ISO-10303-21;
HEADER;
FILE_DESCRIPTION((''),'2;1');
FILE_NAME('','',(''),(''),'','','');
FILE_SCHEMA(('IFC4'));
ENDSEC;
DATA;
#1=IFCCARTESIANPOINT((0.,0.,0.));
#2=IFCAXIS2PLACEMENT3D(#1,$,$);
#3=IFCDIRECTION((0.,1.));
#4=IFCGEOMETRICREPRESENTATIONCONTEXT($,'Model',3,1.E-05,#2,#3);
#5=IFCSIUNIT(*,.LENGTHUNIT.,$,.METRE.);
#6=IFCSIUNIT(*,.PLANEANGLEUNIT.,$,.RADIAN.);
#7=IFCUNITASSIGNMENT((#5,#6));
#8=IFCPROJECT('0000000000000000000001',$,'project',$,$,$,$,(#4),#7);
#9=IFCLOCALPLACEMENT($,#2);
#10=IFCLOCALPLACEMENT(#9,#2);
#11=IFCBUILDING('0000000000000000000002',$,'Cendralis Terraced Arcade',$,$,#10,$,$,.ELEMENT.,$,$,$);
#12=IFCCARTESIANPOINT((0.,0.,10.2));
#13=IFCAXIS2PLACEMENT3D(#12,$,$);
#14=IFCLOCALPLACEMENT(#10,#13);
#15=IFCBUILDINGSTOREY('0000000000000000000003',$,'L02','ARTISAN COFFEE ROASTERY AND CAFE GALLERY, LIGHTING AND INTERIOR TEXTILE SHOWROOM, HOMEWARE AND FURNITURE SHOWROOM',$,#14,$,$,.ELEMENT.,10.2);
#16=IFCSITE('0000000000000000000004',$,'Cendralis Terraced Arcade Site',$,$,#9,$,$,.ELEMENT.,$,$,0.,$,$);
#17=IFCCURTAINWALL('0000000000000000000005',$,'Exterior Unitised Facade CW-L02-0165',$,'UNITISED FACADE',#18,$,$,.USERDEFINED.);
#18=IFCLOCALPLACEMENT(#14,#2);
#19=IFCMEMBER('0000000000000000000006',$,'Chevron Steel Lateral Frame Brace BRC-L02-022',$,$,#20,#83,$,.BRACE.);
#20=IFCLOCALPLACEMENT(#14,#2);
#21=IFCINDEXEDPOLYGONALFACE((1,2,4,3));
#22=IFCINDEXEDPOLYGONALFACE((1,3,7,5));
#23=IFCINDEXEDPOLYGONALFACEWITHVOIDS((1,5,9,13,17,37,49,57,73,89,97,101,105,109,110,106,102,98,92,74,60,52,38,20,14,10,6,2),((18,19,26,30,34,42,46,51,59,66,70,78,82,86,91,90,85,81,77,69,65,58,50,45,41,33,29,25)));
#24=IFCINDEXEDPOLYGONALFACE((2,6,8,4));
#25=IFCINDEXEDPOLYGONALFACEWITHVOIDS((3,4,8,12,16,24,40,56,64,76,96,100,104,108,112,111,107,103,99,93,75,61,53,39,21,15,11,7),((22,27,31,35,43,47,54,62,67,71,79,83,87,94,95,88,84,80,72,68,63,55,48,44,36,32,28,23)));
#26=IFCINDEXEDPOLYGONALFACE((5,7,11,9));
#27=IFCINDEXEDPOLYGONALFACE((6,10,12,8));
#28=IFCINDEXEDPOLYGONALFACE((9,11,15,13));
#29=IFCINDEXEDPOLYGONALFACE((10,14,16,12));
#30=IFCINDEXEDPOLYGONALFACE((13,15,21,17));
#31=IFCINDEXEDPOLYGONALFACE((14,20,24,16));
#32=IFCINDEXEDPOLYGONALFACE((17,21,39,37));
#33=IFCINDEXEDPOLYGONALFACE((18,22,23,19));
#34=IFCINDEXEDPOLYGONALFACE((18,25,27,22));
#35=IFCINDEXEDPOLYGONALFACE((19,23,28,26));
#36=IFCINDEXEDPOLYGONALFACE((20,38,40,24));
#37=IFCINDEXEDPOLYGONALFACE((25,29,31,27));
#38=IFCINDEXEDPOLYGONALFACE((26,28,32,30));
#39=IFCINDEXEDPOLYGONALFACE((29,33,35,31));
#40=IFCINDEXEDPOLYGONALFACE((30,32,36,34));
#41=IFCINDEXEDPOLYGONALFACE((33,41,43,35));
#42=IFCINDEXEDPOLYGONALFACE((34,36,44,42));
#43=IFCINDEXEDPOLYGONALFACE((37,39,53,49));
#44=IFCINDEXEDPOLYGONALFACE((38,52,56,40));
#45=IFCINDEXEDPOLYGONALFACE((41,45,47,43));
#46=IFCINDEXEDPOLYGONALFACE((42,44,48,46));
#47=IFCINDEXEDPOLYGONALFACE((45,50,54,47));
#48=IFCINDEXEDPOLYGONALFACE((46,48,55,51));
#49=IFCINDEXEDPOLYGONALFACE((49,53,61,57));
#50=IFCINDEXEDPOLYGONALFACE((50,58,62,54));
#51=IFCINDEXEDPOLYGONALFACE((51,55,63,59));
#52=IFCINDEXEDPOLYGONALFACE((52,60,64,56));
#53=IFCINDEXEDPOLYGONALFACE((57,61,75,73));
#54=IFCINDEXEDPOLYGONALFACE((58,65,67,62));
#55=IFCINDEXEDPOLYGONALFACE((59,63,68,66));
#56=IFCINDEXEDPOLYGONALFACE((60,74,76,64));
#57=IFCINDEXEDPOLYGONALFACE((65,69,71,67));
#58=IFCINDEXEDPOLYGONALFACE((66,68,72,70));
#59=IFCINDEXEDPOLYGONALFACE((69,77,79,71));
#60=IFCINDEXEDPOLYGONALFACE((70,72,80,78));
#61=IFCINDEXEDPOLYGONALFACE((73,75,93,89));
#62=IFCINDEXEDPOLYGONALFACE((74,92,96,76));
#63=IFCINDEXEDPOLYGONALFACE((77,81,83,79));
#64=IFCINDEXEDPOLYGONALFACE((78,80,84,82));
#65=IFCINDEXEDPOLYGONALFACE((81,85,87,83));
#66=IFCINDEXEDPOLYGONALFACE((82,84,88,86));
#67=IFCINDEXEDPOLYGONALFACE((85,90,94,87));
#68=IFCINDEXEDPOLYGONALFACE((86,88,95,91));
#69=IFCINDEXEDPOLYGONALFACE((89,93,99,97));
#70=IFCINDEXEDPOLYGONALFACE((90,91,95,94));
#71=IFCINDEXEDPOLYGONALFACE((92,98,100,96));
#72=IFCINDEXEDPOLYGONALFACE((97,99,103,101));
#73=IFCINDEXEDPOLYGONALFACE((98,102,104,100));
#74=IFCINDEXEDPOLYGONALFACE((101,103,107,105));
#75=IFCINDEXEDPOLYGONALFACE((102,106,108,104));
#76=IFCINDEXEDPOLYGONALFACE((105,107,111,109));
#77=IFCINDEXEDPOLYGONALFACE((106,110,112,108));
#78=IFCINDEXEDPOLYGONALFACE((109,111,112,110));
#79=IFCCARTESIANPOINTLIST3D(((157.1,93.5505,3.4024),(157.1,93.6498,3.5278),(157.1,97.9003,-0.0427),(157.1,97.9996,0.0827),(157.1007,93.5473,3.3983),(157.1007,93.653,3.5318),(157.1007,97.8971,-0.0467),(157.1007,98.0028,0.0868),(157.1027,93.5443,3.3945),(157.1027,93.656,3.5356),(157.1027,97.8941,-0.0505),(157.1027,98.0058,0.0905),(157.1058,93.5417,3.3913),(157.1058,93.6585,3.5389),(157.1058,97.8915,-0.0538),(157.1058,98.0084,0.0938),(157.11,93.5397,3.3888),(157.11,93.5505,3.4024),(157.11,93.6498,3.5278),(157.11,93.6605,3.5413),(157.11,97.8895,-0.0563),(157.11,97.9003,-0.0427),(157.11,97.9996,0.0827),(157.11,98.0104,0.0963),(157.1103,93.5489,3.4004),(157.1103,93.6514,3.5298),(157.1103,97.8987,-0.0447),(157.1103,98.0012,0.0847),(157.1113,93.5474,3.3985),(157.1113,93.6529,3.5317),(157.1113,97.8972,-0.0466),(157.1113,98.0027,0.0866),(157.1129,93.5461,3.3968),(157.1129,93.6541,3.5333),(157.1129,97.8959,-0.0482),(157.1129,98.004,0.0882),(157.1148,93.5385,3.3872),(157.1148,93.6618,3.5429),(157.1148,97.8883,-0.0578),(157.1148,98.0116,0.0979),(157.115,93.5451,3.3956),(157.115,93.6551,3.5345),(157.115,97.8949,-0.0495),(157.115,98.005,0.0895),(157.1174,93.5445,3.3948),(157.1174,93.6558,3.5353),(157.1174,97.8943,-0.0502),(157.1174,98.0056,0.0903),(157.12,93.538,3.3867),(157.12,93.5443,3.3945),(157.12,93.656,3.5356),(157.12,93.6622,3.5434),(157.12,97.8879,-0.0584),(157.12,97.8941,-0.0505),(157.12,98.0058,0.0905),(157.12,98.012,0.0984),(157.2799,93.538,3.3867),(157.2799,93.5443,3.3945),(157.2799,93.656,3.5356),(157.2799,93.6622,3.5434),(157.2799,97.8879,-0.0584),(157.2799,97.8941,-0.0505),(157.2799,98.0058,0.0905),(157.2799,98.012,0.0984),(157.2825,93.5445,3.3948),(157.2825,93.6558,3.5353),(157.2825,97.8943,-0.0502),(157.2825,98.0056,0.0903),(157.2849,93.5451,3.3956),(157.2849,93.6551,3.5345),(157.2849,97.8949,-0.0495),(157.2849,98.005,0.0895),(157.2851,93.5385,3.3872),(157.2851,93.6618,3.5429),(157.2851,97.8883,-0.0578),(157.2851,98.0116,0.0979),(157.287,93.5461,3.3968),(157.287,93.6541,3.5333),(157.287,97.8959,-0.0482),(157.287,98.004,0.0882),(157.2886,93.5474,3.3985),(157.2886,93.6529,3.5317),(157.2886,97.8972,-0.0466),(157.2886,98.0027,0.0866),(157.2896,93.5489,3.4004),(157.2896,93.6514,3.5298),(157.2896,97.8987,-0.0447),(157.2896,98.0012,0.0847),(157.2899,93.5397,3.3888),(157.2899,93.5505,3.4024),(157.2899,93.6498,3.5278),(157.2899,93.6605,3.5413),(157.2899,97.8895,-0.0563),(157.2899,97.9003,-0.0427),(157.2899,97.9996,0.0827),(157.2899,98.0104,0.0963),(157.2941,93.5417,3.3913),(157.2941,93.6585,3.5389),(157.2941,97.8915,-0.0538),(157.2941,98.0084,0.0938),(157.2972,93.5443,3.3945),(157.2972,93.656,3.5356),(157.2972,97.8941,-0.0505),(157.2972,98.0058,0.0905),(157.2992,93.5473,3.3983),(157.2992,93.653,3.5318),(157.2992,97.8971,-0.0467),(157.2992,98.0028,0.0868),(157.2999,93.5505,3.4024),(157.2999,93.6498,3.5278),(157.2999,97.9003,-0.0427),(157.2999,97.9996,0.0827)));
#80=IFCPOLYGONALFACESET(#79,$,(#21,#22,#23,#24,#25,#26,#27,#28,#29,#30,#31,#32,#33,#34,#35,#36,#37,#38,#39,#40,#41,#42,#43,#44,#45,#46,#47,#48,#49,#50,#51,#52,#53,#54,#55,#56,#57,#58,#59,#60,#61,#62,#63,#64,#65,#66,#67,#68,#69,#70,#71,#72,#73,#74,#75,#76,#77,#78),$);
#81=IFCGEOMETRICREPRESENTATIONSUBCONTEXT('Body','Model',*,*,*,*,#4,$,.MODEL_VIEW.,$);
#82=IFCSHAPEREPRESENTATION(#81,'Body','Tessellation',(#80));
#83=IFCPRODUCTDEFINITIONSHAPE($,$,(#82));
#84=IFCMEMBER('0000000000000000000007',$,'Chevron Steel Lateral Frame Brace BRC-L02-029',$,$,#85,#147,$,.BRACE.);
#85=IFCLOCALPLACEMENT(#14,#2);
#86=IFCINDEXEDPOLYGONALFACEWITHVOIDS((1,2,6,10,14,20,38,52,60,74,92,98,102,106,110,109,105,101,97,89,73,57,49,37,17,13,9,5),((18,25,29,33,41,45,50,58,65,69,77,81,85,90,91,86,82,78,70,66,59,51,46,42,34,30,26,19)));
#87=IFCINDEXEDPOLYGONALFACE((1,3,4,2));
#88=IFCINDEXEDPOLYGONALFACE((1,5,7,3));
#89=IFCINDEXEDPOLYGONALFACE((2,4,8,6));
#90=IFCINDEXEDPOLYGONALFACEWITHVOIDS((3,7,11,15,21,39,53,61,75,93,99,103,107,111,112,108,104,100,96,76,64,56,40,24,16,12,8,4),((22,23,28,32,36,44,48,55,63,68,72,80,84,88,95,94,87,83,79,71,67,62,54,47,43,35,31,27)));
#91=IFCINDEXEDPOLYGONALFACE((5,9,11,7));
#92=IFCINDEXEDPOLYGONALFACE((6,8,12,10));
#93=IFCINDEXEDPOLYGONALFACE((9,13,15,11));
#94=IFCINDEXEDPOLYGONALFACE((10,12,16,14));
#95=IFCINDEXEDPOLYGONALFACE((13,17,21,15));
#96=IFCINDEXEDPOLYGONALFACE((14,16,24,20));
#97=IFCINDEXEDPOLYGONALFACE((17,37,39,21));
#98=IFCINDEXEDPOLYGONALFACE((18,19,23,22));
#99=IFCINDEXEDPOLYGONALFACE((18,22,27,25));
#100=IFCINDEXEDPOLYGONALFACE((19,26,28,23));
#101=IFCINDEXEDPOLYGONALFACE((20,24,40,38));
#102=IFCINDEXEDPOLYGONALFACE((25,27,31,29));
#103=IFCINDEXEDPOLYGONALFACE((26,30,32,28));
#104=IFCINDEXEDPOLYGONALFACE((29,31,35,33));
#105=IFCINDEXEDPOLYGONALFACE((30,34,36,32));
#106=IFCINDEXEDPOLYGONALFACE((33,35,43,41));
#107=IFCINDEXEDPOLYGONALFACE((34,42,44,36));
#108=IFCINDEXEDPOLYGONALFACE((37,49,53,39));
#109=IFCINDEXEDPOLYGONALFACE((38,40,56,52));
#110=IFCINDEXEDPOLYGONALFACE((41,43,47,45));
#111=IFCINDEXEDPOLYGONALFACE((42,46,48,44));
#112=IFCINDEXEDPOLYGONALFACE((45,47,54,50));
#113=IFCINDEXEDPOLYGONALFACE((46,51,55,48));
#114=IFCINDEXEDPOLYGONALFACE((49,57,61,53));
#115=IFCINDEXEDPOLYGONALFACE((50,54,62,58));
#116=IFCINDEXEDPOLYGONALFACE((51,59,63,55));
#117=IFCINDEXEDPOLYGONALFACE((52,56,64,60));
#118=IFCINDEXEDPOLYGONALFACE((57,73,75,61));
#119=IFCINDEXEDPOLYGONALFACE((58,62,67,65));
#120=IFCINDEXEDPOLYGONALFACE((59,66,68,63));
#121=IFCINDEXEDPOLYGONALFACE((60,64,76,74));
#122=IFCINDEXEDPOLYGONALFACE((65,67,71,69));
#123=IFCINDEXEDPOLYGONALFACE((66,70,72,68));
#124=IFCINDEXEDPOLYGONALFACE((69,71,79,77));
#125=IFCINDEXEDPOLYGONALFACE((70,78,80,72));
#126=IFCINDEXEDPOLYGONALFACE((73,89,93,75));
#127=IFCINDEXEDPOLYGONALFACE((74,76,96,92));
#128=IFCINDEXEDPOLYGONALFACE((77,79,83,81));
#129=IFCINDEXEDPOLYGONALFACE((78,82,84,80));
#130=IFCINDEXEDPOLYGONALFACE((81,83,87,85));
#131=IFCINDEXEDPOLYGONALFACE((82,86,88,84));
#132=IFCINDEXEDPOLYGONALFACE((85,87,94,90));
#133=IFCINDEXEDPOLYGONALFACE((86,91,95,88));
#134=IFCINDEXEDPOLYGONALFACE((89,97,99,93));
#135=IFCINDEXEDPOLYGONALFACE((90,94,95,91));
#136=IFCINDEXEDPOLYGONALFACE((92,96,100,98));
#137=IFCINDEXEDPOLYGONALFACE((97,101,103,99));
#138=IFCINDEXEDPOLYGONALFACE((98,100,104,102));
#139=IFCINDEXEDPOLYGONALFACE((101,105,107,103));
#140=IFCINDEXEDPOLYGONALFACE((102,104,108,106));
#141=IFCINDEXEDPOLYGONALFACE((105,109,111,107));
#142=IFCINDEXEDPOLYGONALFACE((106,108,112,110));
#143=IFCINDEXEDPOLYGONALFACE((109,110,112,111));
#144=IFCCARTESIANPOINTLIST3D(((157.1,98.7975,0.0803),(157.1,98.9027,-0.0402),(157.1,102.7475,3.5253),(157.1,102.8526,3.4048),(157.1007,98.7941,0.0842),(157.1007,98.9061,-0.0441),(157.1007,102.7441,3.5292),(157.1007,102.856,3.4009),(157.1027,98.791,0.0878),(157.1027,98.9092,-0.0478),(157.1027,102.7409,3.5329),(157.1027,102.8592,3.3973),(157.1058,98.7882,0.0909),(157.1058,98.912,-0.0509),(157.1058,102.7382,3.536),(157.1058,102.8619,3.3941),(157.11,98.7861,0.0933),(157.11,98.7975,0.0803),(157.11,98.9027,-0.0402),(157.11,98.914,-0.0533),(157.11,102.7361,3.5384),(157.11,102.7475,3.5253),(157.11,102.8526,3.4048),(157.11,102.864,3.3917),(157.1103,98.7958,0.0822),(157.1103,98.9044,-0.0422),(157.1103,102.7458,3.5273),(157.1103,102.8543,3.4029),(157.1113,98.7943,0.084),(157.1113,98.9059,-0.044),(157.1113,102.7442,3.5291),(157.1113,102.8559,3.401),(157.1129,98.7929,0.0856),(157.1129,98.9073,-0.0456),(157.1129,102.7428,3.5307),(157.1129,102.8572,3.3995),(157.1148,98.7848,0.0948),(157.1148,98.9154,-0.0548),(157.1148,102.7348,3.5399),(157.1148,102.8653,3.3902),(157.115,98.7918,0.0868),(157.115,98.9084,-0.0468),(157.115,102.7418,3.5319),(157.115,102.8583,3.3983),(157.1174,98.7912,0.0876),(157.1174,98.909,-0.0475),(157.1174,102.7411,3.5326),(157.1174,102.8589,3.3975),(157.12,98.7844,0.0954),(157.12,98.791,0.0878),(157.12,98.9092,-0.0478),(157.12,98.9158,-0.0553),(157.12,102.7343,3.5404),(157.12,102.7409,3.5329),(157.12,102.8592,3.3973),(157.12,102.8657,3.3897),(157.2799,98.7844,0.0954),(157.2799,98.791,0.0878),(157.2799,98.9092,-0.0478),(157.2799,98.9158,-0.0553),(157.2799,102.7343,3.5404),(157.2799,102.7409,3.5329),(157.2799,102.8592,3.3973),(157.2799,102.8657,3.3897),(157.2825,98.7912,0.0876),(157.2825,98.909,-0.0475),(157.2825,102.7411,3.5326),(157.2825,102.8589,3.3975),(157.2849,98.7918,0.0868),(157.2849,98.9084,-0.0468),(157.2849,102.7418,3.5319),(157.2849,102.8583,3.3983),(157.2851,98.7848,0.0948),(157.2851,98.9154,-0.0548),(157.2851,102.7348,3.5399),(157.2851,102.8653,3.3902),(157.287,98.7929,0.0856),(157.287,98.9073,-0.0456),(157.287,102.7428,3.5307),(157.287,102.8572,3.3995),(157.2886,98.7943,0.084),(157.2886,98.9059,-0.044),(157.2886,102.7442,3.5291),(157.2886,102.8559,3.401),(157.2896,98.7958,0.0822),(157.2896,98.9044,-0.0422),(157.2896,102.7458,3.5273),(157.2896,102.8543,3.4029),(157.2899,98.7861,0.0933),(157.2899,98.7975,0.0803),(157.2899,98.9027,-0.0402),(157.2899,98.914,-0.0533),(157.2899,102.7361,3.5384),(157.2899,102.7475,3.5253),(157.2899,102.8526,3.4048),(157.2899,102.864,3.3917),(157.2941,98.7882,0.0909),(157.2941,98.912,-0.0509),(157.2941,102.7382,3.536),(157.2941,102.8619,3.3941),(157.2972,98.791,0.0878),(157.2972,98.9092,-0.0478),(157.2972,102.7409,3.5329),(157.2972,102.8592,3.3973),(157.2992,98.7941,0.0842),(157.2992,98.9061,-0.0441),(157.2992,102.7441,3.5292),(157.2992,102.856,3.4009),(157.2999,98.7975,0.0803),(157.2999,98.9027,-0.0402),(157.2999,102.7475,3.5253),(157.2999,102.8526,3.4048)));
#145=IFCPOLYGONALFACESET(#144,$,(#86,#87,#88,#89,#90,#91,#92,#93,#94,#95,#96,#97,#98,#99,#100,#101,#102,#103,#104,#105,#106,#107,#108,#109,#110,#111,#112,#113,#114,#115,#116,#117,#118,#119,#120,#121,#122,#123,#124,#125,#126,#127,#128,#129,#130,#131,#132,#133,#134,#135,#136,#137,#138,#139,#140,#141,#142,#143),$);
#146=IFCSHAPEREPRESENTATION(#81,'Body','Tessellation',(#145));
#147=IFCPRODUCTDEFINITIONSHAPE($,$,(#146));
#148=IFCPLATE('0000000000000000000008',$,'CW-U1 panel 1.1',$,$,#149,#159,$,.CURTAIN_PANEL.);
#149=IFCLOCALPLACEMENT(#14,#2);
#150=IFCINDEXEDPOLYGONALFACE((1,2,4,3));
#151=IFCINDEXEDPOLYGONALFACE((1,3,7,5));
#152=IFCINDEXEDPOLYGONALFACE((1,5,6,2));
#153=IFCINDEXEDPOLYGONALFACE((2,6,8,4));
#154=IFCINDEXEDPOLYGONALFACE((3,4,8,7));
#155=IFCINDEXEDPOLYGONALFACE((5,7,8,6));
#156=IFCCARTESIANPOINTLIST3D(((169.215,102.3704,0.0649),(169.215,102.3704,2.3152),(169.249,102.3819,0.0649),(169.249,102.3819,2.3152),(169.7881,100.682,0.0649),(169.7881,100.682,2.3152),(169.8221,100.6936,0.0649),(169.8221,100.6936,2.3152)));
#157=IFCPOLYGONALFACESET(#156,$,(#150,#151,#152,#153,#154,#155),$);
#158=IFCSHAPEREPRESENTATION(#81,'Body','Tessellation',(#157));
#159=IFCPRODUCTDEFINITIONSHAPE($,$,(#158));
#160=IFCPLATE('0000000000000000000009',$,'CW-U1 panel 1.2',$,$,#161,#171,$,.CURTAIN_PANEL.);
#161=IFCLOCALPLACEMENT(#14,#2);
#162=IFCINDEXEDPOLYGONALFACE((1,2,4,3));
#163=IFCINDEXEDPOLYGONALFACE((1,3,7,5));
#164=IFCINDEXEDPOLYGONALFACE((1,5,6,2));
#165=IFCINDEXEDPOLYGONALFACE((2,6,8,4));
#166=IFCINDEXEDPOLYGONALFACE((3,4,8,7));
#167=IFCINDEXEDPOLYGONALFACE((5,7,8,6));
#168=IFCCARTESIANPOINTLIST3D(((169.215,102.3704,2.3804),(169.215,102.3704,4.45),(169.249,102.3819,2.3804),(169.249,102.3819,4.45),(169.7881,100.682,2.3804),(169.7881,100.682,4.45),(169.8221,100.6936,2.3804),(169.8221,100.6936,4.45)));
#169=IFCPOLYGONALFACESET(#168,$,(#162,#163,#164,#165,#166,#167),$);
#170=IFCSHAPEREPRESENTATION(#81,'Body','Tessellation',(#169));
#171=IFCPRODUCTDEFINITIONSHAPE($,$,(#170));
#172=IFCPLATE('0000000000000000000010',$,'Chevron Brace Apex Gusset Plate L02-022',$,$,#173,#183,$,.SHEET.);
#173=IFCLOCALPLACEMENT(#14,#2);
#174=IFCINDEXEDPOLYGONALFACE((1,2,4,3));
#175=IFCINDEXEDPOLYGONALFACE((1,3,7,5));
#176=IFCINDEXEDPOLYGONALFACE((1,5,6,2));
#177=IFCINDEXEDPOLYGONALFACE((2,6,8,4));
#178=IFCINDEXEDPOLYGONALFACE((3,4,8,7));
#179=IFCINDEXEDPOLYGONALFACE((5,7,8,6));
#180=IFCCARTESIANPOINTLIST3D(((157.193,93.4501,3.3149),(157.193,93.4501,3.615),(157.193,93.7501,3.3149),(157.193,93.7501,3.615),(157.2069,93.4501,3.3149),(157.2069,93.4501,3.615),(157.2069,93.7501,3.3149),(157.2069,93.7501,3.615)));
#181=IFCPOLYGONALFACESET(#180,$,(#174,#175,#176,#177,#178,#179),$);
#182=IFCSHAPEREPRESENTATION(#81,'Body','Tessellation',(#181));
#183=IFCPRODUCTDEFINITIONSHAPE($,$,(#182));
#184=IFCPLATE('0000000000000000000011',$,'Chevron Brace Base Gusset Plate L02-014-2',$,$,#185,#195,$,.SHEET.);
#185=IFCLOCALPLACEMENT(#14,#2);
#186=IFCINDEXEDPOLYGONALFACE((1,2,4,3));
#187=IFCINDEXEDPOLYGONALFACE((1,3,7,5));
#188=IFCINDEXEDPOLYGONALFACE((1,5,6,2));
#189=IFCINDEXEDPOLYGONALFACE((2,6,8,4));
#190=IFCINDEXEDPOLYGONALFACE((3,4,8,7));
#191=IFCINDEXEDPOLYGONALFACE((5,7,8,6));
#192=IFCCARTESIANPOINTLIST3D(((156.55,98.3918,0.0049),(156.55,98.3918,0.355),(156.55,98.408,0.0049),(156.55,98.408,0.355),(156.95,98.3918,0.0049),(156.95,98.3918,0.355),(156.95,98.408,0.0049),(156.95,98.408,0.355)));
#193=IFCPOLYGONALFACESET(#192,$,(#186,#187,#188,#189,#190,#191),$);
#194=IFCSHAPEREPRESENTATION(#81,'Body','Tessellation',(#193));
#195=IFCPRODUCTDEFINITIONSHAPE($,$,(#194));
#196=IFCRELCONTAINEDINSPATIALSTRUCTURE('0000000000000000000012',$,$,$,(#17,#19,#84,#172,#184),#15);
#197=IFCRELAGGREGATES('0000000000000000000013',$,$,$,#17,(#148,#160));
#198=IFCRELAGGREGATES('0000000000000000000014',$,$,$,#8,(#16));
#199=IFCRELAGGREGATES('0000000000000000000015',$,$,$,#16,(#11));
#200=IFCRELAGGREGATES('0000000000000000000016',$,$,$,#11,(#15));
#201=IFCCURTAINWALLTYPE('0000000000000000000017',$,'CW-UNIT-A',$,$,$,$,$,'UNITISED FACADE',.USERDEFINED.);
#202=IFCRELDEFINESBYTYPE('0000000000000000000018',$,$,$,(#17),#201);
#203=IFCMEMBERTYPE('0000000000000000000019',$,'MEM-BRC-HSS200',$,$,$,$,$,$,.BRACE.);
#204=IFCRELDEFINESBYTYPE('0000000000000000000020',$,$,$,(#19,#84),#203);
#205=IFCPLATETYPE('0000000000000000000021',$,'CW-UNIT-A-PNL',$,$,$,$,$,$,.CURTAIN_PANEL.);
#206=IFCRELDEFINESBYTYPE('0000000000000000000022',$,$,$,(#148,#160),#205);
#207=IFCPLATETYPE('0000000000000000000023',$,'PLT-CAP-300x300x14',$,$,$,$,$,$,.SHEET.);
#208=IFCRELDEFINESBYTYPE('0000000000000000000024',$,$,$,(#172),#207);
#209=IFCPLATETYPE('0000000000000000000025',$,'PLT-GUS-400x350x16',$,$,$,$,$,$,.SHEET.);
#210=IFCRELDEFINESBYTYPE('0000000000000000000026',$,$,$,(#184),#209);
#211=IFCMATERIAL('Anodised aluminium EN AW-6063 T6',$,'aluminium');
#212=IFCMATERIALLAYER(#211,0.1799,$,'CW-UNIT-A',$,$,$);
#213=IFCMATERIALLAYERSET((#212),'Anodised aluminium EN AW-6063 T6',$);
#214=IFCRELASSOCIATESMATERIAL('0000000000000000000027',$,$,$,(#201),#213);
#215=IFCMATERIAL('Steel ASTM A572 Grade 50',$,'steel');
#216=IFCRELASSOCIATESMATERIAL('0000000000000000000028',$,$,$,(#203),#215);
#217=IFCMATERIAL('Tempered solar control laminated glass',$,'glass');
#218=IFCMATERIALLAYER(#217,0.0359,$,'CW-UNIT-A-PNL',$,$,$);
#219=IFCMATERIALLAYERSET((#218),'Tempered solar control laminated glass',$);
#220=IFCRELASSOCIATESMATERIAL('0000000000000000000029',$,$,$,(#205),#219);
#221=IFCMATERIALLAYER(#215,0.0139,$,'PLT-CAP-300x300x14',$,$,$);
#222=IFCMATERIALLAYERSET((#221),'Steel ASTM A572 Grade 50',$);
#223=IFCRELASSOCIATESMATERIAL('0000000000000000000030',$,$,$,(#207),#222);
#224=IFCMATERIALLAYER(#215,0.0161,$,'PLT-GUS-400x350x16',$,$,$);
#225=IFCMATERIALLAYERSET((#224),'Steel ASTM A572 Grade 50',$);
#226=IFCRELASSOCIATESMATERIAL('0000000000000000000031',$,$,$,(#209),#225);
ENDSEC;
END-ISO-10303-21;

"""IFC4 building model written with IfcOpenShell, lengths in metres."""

from ifc_helpers import new_model, si_unit, direction, frame, origin, origin_2d, place, context, subcontext, project, spatial, rectangle, hollow_rectangle, extrude, material, layer, layer_set, material_profile, profile_set, type_object, element, aggregate, save


model = new_model("IFC4")

# Units and contexts
model_context = context("Model", 3, precision=1e-05, world=origin(), true_north=direction((0.0, 1.0)))
body_context = subcontext(model_context, "Body", "Model", "MODEL_VIEW")
ifc_project = project(units=[si_unit("LENGTHUNIT", "METRE"), si_unit("PLANEANGLEUNIT", "RADIAN")], contexts=[model_context])

# Site, building, storey
site_placement = place(None, origin())
site = spatial("IfcSite", under=ifc_project, at=site_placement, Name="Cendralis Terraced Arcade Site", CompositionType="ELEMENT", RefElevation=0.0)
building_placement = place(site_placement, origin())
building = spatial("IfcBuilding", under=site, at=building_placement, Name="Cendralis Terraced Arcade", CompositionType="ELEMENT")
storey_placement = place(building_placement, frame((0.0, 0.0, 10.2)))
storey = spatial("IfcBuildingStorey", under=building, at=storey_placement, Name="L02", Description="ARTISAN COFFEE ROASTERY AND CAFE GALLERY, LIGHTING AND INTERIOR TEXTILE SHOWROOM, HOMEWARE AND FURNITURE SHOWROOM", CompositionType="ELEMENT", Elevation=10.2)

# Curtain wall
ifc_material_1 = material(Name="Anodised aluminium EN AW-6063 T6", Category="aluminium")
ifc_layer_1 = layer(ifc_material_1, 0.1799, Name="CW-UNIT-A")
ifc_layer_set_1 = layer_set([ifc_layer_1], Name="Anodised aluminium EN AW-6063 T6")
curtain_wall_type = type_object("IfcCurtainWallType", Name="CW-UNIT-A", ElementType="UNITISED FACADE", PredefinedType="USERDEFINED", material=ifc_layer_set_1)
curtain_wall_1_placement = place(storey_placement, origin())
curtain_wall_1 = element("IfcCurtainWall", 1, at=curtain_wall_1_placement, inside=storey, type_object=curtain_wall_type, Name="Exterior Unitised Facade CW-L02-0165", ObjectType="UNITISED FACADE", PredefinedType="USERDEFINED")

# Members
ifc_material_2 = material(Name="Steel ASTM A572 Grade 50", Category="steel")
ifc_material_profile_1 = material_profile(ifc_material_2, hollow_rectangle(XDim=0.2, YDim=0.2, WallThickness=0.01, InnerFilletRadius=0.01, OuterFilletRadius=0.02, at=origin_2d()), Name="HSS200X200X10", Category="LoadBearing")
ifc_profile_set_1 = profile_set([ifc_material_profile_1], Name="Steel ASTM A572 Grade 50")
member_type_1 = type_object("IfcMemberType", Name="MEM-BRC-HSS200", PredefinedType="BRACE", material=ifc_profile_set_1)
member_1_placement = place(storey_placement, frame((157.2, 97.95, 0.02), z_axis=(0.0, -0.78392, 0.620862), x_axis=(1.0, 0.0, 0.0)))
element("IfcMember", 2, at=member_1_placement, inside=storey, type_object=member_type_1, Name="Chevron Steel Lateral Frame Brace BRC-L02-022", PredefinedType="BRACE", context=body_context, shape_type="SweptSolid", body=[
    extrude(hollow_rectangle(XDim=0.2, YDim=0.2, WallThickness=0.01, InnerFilletRadius=0.01, OuterFilletRadius=0.02, at=origin_2d()), origin(), (0.0, 0.0, 1.0), 5.5488),
])
member_2_placement = place(storey_placement, frame((157.2, 98.8501, 0.02), z_axis=(0.0, 0.753629, 0.6573), x_axis=(-1.0, 0.0, 0.0)))
element("IfcMember", 3, at=member_2_placement, inside=storey, type_object=member_type_1, Name="Chevron Steel Lateral Frame Brace BRC-L02-029", PredefinedType="BRACE", context=body_context, shape_type="SweptSolid", body=[
    extrude(hollow_rectangle(XDim=0.2, YDim=0.2, WallThickness=0.01, InnerFilletRadius=0.01, OuterFilletRadius=0.02, at=origin_2d()), origin(), (0.0, 0.0, 1.0), 5.2412),
])

# Plates
ifc_material_3 = material(Name="Tempered solar control laminated glass", Category="glass")
ifc_layer_2 = layer(ifc_material_3, 0.0359, Name="CW-UNIT-A-PNL")
ifc_layer_set_2 = layer_set([ifc_layer_2], Name="Tempered solar control laminated glass")
plate_type_1 = type_object("IfcPlateType", Name="CW-UNIT-A-PNL", PredefinedType="CURTAIN_PANEL", material=ifc_layer_set_2)
plate_1_placement = place(storey_placement, frame((169.5186, 101.532, 0.0649), z_axis=(0.0, 0.0, 1.0), x_axis=(0.321445, -0.946928, 0.0)))
plate_1 = element("IfcPlate", 4, at=plate_1_placement, type_object=plate_type_1, Name="CW-U1 panel 1.1", PredefinedType="CURTAIN_PANEL", context=body_context, shape_type="SweptSolid", body=[
    extrude(rectangle(XDim=1.783, YDim=0.0359, at=origin_2d()), origin(), (0.0, 0.0, 1.0), 2.2502),
])
plate_2_placement = place(storey_placement, frame((169.5186, 101.532, 2.3804), z_axis=(0.0, 0.0, 1.0), x_axis=(0.321445, -0.946928, 0.0)))
plate_2 = element("IfcPlate", 5, at=plate_2_placement, type_object=plate_type_1, Name="CW-U1 panel 1.2", PredefinedType="CURTAIN_PANEL", context=body_context, shape_type="SweptSolid", body=[
    extrude(rectangle(XDim=1.783, YDim=0.0359, at=origin_2d()), origin(), (0.0, 0.0, 1.0), 2.0696),
])
aggregate(curtain_wall_1, [plate_1, plate_2])

# Plates
ifc_layer_3 = layer(ifc_material_2, 0.0139, Name="PLT-CAP-300x300x14")
ifc_layer_set_3 = layer_set([ifc_layer_3], Name="Steel ASTM A572 Grade 50")
plate_type_2 = type_object("IfcPlateType", Name="PLT-CAP-300x300x14", PredefinedType="SHEET", material=ifc_layer_set_3)
plate_3_placement = place(storey_placement, frame((157.2, 93.6001, 3.3149), z_axis=(0.0, 0.0, 1.0), x_axis=(0.0, 1.0, 0.0)))
element("IfcPlate", 6, at=plate_3_placement, inside=storey, type_object=plate_type_2, Name="Chevron Brace Apex Gusset Plate L02-022", PredefinedType="SHEET", context=body_context, shape_type="SweptSolid", body=[
    extrude(rectangle(XDim=0.3, YDim=0.0139, at=origin_2d()), origin(), (0.0, 0.0, 1.0), 0.3),
])
ifc_layer_4 = layer(ifc_material_2, 0.0161, Name="PLT-GUS-400x350x16")
ifc_layer_set_4 = layer_set([ifc_layer_4], Name="Steel ASTM A572 Grade 50")
plate_type_3 = type_object("IfcPlateType", Name="PLT-GUS-400x350x16", PredefinedType="SHEET", material=ifc_layer_set_4)
for number, where, z_axis, x_axis, name in (
    (7, (156.75, 98.3999, 0.0049), (0.0, 0.0, 1.0), (1.0, 0.0, 0.0), "Chevron Brace Base Gusset Plate L02-014-2"),
):
    element("IfcPlate", number, at=place(storey_placement, frame(where, z_axis=z_axis, x_axis=x_axis)), inside=storey, type_object=plate_type_3, Name=name, PredefinedType="SHEET", context=body_context, shape_type="SweptSolid", body=[
        extrude(rectangle(XDim=0.3999, YDim=0.0161, at=origin_2d()), origin(), (0.0, 0.0, 1.0), 0.3501),
    ])

save(model, "model.ifc")
